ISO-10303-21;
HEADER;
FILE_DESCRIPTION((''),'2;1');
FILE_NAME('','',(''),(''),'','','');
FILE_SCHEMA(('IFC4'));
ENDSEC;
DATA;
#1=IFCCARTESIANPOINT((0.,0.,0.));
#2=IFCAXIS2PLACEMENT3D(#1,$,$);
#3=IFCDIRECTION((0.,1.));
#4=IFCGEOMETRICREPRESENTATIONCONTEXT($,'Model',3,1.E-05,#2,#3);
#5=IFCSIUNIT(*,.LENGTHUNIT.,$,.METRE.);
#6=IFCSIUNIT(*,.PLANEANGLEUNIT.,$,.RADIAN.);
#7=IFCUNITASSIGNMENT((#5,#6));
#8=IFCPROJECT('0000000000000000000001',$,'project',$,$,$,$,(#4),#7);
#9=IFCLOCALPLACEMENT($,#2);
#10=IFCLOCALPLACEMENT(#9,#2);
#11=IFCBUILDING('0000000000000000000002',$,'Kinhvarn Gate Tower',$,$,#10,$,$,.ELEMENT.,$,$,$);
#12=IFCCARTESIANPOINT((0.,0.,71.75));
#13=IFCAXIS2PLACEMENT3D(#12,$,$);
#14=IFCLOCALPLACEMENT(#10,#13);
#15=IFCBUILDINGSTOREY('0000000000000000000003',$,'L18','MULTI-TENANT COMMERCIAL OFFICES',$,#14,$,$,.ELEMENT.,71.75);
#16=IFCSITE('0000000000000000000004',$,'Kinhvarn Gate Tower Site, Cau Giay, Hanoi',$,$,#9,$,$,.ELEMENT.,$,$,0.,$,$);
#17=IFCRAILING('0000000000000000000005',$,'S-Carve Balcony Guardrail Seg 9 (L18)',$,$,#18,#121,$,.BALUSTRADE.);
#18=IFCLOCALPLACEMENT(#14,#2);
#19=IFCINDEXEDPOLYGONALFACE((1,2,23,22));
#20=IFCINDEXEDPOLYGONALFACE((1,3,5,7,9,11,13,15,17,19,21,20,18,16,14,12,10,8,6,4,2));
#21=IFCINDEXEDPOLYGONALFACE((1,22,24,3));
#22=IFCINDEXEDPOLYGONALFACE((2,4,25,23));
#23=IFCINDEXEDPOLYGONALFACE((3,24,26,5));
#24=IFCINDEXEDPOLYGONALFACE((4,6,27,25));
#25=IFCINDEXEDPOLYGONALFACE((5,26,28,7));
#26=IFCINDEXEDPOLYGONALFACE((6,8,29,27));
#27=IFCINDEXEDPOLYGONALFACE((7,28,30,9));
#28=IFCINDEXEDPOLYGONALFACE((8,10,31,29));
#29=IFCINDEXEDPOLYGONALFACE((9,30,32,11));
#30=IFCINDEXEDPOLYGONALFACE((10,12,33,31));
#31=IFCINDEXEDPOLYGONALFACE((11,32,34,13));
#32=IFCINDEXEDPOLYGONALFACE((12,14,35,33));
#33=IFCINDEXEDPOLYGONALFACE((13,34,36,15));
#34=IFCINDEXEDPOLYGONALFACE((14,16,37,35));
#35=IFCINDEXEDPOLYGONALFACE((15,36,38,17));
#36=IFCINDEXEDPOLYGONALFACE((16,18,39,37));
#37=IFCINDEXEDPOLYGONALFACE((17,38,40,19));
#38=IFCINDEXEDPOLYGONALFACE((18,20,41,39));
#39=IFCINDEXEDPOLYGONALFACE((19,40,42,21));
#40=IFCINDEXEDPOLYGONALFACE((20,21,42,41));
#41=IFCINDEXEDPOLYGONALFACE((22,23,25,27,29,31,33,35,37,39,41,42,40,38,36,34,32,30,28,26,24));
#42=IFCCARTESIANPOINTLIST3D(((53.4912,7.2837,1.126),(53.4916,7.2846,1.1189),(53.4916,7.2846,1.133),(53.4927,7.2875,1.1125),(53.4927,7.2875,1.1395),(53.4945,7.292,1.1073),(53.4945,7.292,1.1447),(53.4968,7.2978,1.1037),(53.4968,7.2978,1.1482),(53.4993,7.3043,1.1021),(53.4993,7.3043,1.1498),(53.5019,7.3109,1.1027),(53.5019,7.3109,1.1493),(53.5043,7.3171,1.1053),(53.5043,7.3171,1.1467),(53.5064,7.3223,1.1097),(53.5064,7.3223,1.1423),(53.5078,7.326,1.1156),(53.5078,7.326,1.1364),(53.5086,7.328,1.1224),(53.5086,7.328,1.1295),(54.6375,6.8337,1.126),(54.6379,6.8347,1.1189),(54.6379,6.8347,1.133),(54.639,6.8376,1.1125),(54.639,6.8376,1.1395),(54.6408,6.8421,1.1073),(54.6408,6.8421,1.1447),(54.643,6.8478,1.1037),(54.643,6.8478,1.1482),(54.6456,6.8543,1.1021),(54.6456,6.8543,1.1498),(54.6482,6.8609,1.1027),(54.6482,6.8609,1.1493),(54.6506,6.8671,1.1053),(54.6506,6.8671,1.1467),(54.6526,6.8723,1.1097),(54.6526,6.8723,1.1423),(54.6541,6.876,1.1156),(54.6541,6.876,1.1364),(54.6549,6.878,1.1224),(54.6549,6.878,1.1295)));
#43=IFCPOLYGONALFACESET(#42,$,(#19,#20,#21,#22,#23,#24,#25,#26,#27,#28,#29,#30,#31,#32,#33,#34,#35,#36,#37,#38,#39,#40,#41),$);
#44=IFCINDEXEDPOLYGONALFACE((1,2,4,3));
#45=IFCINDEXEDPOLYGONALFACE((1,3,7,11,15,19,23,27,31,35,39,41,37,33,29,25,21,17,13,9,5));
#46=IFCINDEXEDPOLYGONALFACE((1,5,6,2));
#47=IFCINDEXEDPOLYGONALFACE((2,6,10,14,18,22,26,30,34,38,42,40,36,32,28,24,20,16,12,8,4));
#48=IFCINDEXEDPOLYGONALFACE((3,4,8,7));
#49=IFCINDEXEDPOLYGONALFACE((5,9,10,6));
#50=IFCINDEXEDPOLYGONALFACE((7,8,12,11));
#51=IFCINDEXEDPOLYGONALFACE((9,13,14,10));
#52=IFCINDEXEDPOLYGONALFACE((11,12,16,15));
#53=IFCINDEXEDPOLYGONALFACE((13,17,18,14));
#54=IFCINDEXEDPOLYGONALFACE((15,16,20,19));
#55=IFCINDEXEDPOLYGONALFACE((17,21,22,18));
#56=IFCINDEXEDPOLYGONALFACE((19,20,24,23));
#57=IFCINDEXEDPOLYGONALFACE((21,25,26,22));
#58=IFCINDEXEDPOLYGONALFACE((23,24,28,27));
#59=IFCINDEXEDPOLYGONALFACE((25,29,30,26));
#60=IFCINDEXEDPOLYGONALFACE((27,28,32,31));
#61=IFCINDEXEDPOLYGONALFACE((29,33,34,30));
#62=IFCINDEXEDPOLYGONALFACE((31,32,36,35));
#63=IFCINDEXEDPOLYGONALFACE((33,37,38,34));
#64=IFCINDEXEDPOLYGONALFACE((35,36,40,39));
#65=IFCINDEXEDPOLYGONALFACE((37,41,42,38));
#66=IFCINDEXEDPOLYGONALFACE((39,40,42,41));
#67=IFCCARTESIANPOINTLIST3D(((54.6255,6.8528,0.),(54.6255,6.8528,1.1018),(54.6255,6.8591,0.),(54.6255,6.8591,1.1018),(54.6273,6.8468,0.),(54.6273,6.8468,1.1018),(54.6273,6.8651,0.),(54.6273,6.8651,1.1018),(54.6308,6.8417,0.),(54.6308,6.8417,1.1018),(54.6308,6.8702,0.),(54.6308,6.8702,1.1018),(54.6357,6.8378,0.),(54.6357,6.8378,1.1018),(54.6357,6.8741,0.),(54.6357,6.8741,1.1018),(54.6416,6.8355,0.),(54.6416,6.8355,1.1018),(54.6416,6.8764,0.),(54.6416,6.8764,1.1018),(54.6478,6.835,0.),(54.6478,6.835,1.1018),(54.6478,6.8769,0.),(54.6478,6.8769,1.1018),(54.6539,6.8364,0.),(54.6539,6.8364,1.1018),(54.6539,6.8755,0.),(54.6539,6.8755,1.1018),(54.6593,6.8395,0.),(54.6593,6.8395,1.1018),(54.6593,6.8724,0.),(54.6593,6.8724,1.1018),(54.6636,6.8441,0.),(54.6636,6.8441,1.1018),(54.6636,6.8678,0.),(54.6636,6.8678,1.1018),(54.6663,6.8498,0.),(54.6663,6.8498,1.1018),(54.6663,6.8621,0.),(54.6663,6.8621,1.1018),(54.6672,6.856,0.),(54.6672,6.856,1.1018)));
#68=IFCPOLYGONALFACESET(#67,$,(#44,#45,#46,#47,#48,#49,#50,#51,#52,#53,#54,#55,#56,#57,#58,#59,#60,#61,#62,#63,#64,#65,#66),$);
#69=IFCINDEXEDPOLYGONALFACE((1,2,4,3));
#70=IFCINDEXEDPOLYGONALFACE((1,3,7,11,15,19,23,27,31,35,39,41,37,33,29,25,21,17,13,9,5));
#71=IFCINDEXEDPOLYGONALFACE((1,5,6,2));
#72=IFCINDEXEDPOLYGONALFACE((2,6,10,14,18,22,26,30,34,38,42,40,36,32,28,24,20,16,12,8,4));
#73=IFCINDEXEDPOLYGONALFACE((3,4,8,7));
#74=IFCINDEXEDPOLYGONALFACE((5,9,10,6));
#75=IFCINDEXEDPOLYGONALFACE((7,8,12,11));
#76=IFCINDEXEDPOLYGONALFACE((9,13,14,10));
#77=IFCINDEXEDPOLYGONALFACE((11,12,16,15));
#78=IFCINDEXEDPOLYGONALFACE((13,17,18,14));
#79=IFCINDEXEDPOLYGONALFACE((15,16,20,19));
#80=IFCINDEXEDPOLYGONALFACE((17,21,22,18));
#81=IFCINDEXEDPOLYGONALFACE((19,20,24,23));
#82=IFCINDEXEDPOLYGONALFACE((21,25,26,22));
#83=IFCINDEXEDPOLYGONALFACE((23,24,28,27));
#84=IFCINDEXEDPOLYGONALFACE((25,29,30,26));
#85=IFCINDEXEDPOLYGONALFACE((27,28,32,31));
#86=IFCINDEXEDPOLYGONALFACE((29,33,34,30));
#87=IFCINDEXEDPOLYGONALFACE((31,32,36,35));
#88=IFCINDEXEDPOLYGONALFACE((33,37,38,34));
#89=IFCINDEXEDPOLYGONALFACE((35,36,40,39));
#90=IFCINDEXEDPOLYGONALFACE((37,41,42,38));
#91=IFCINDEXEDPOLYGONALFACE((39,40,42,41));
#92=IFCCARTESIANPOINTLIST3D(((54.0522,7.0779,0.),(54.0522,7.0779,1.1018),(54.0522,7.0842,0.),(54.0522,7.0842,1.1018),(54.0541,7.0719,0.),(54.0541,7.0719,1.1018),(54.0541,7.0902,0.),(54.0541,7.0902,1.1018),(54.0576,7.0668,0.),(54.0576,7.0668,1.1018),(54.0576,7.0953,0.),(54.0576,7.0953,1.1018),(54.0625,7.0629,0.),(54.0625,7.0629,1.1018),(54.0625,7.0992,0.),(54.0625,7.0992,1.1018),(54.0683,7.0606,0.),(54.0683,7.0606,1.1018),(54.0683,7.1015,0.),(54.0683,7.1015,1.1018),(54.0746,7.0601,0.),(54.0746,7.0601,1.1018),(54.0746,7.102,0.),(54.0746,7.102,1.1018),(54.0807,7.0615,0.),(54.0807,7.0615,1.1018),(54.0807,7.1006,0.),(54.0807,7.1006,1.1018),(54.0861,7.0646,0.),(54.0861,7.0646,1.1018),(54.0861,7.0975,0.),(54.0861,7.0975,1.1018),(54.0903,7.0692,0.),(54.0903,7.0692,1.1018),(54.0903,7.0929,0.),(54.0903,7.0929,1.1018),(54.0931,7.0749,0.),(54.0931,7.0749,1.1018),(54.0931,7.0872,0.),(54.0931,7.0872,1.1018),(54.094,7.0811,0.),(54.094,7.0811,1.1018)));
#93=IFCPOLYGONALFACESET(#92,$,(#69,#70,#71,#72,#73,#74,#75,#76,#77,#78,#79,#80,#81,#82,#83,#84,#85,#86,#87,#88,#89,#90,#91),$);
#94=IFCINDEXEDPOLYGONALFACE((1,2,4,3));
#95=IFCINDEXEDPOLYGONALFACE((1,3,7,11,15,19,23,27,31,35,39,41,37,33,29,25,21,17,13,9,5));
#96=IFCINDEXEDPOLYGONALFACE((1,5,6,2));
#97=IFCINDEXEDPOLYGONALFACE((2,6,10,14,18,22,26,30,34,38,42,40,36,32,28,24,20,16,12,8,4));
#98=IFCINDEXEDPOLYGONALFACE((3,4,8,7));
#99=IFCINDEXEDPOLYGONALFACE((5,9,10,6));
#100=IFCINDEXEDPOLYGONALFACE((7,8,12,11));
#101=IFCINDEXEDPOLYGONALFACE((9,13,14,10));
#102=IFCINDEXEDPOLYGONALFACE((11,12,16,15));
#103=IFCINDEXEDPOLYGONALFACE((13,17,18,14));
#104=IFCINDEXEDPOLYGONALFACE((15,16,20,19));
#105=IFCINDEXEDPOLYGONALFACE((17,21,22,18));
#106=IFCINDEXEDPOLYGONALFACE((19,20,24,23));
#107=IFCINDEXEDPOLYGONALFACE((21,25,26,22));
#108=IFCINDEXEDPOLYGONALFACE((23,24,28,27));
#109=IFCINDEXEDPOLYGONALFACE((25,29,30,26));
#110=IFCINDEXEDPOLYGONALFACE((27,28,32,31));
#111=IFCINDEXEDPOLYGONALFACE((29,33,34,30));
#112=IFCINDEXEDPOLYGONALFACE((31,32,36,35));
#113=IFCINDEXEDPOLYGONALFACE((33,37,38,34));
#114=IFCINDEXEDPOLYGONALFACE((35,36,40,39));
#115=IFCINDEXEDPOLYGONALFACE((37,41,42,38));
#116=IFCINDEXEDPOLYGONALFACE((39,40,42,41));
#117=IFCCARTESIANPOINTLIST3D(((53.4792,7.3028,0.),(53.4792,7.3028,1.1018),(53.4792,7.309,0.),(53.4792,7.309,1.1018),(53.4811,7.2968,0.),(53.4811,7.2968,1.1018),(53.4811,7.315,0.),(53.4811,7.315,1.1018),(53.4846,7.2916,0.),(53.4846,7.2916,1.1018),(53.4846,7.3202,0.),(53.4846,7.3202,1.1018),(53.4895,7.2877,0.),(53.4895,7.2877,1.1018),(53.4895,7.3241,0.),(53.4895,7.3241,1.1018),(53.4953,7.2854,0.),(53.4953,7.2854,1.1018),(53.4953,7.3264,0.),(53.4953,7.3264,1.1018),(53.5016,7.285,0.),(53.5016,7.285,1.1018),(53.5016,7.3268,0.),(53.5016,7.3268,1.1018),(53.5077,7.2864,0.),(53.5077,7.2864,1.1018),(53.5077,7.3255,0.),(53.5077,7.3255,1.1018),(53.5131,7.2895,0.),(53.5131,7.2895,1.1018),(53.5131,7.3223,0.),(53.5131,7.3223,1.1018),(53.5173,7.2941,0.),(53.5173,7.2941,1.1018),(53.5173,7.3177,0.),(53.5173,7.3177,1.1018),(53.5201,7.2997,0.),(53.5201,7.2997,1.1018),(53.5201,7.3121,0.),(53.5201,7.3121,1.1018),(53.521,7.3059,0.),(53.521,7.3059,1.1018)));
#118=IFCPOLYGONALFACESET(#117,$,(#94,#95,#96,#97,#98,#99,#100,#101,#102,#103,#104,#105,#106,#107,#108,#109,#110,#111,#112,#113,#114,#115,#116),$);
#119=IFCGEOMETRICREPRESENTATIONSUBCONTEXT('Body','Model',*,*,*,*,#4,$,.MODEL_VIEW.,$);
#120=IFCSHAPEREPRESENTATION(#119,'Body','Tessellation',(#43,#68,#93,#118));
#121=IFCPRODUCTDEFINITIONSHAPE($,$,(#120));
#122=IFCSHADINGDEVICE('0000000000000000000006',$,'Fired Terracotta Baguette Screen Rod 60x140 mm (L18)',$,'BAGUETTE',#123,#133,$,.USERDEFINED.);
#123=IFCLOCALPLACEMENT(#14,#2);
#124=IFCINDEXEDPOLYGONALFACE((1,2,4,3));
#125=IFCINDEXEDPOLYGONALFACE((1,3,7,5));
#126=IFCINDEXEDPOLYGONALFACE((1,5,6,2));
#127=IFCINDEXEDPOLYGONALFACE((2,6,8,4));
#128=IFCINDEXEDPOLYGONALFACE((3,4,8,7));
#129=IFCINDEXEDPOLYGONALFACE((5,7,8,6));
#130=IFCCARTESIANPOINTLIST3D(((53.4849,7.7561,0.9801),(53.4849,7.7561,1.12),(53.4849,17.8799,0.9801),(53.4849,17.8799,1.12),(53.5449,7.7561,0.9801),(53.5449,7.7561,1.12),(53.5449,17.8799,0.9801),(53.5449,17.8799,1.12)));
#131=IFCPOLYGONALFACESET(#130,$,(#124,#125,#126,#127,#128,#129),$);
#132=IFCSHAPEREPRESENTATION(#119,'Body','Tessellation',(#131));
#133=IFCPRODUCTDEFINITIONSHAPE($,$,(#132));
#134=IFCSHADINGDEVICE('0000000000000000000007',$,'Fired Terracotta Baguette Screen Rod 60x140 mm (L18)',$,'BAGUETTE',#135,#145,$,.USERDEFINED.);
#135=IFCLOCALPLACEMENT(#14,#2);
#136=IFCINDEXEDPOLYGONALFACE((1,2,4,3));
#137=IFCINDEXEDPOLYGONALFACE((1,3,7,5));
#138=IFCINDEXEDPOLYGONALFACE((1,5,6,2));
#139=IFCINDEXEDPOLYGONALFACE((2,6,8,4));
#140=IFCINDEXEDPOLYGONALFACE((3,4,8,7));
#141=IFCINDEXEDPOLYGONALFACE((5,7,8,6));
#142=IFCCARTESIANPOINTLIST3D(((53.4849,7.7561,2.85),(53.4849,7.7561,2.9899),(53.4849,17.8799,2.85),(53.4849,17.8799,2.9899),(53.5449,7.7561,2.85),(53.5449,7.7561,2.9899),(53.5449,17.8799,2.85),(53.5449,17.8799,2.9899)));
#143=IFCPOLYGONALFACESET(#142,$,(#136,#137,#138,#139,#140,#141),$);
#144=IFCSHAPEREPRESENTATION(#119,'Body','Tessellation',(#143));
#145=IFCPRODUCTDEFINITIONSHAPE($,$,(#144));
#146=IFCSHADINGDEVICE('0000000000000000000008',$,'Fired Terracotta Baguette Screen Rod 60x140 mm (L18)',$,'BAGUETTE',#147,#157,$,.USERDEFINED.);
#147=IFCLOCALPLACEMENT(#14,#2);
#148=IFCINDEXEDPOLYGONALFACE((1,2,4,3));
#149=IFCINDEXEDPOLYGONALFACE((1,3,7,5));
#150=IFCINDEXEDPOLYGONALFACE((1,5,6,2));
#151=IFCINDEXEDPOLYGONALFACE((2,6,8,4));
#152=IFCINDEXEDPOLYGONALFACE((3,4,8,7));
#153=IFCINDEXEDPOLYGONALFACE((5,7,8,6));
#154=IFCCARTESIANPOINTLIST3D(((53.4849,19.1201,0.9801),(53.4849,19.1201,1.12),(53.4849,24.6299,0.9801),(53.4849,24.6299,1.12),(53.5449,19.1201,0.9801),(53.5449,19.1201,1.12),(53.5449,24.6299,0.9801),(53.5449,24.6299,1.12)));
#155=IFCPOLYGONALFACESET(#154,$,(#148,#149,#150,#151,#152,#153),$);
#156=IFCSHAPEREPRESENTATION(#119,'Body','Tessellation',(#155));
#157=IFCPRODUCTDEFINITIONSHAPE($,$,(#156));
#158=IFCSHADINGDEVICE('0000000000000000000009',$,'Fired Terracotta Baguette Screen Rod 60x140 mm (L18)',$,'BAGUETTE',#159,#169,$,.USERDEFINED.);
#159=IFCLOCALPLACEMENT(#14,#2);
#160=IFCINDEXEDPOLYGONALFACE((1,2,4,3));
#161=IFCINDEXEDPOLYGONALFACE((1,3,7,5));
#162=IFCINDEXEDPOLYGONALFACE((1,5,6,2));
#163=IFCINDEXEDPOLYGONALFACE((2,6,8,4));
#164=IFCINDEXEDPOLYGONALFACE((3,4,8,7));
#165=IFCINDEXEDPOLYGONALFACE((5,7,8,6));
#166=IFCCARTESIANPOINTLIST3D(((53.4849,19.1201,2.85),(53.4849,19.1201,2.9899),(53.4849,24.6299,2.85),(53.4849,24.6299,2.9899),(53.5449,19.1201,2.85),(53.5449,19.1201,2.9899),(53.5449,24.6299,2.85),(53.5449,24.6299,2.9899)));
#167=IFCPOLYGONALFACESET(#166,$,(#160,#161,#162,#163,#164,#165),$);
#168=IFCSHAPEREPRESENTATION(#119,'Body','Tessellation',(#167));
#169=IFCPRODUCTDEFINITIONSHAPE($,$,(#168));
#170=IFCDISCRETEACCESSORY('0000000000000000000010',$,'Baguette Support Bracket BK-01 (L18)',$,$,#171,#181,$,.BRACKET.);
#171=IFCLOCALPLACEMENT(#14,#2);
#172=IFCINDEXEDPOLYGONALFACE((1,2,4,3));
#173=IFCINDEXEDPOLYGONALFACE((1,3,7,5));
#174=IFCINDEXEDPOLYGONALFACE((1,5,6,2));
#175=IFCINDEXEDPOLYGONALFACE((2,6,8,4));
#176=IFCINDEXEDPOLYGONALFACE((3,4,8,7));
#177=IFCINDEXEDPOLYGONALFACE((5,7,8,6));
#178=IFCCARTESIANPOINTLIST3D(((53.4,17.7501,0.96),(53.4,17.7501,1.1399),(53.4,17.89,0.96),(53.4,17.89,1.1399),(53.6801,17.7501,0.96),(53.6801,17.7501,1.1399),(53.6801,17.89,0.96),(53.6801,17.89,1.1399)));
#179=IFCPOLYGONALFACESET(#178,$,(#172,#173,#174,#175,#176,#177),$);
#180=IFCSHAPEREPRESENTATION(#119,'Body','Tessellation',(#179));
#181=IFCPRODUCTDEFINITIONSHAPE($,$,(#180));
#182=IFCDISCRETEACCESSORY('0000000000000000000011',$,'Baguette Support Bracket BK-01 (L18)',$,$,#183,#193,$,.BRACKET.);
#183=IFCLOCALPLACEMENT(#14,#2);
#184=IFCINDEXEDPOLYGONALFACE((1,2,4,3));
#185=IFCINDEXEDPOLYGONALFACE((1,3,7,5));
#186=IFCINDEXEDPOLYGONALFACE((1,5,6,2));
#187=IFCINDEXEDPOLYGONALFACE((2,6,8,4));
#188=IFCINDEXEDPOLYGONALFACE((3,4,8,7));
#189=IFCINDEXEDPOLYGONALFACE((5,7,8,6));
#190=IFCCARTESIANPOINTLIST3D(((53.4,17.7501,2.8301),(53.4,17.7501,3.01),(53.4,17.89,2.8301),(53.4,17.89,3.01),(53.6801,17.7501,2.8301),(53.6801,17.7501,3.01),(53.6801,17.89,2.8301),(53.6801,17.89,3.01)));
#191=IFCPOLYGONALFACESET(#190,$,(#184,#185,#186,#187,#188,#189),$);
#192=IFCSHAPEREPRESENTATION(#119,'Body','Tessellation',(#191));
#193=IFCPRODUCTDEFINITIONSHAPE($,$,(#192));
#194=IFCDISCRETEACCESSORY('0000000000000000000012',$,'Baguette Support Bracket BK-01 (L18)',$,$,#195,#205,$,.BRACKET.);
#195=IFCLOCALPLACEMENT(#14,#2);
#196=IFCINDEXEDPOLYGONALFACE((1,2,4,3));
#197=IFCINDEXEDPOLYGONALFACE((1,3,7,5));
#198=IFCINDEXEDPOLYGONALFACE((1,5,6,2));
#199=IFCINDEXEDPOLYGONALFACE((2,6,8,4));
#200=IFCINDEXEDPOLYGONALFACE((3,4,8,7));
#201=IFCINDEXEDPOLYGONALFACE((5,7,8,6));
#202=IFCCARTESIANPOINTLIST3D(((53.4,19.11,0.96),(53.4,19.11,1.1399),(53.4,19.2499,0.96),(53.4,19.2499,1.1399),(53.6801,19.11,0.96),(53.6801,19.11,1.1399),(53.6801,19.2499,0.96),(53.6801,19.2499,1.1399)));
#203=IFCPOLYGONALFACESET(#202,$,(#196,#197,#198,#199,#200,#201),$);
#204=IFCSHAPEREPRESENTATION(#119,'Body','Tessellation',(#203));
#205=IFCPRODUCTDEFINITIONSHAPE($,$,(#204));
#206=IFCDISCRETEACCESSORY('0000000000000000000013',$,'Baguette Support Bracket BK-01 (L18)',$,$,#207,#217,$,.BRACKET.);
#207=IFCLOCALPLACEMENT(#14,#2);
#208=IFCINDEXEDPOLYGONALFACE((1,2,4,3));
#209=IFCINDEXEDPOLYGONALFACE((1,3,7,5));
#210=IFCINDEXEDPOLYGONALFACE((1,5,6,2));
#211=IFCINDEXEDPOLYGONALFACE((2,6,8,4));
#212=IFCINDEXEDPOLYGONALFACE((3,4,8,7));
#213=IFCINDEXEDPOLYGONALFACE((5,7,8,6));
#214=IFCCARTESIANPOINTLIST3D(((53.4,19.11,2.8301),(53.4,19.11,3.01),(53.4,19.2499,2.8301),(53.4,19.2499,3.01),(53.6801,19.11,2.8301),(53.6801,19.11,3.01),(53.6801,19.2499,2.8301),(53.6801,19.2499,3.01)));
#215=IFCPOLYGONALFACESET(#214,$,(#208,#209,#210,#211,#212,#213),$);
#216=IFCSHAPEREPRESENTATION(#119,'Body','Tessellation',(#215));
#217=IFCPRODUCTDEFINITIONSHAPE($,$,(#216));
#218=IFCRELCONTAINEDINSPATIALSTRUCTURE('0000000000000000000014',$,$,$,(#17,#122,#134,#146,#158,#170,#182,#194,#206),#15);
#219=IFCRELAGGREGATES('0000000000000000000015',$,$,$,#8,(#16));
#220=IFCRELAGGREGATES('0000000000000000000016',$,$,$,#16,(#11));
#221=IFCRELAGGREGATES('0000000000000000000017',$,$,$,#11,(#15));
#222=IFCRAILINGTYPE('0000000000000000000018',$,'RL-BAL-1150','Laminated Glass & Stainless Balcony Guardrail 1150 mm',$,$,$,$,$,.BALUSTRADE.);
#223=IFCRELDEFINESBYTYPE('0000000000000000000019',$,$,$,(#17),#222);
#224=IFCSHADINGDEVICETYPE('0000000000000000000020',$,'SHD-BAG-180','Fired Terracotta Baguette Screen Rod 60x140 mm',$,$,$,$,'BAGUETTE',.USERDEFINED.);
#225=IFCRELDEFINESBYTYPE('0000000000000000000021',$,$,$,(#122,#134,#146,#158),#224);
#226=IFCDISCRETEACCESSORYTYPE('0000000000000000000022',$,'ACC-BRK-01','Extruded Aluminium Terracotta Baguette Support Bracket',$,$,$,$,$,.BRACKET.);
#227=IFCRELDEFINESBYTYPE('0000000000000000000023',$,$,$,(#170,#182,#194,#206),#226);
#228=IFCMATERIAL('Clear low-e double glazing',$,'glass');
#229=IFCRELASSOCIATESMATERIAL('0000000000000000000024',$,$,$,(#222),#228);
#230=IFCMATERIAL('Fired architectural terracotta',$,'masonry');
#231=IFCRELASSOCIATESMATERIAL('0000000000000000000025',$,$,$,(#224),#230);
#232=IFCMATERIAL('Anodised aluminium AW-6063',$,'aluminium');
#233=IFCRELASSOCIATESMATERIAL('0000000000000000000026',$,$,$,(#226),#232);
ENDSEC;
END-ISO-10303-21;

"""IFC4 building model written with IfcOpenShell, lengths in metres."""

from ifc_helpers import new_model, si_unit, direction, frame, origin, origin_2d, place, context, subcontext, project, spatial, rectangle, circle, extrude, material, material_profile, profile_set, type_object, element, save


model = new_model("IFC4")

# Units and contexts
model_context = context("Model", 3, precision=1e-05, world=origin(), true_north=direction((0.0, 1.0)))
body_context = subcontext(model_context, "Body", "Model", "MODEL_VIEW")
ifc_project = project(units=[si_unit("LENGTHUNIT", "METRE"), si_unit("PLANEANGLEUNIT", "RADIAN")], contexts=[model_context])

# Site, building, storey
site_placement = place(None, origin())
site = spatial("IfcSite", under=ifc_project, at=site_placement, Name="Kinhvarn Gate Tower Site, Cau Giay, Hanoi", CompositionType="ELEMENT", RefElevation=0.0)
building_placement = place(site_placement, origin())
building = spatial("IfcBuilding", under=site, at=building_placement, Name="Kinhvarn Gate Tower", CompositionType="ELEMENT")
storey_placement = place(building_placement, frame((0.0, 0.0, 71.75)))
storey = spatial("IfcBuildingStorey", under=building, at=storey_placement, Name="L18", Description="MULTI-TENANT COMMERCIAL OFFICES", CompositionType="ELEMENT", Elevation=71.75)

# Shared definitions
ifc_material_1 = material(Name="Anodised aluminium AW-6063", Category="aluminium")

# Shared definitions
ifc_material_2 = material(Name="Clear low-e double glazing", Category="glass")

# Railing
railing_type = type_object("IfcRailingType", Name="RL-BAL-1150", Description="Laminated Glass & Stainless Balcony Guardrail 1150 mm", PredefinedType="BALUSTRADE", material=ifc_material_2)
railing_placement = place(storey_placement, frame((54.6462, 6.856, 0.0)))
element("IfcRailing", 1, at=railing_placement, inside=storey, type_object=railing_type, Name="S-Carve Balcony Guardrail Seg 9 (L18)", PredefinedType="BALUSTRADE", context=body_context, shape_type="SweptSolid", body=[
    extrude(circle(Radius=0.0239, at=origin_2d()), frame((0.0, 0.0, 1.126), z_axis=(-0.93085, 0.365401, 0.0), x_axis=(-0.365401, -0.93085, 0.0)), (0.0, 0.0, 1.0), 1.2314),
    extrude(circle(Radius=0.021, at=origin_2d()), origin(), (0.0, 0.0, 1.0), 1.1018),
    extrude(circle(Radius=0.021, at=origin_2d()), frame((-0.5732, 0.2251, 0.0)), (0.0, 0.0, 1.0), 1.1018),
    extrude(circle(Radius=0.021, at=origin_2d()), frame((-1.1462, 0.45, 0.0)), (0.0, 0.0, 1.0), 1.1018),
])

# Shading devices
ifc_material_3 = material(Name="Fired architectural terracotta", Category="masonry")
ifc_material_profile_1 = material_profile(ifc_material_3, rectangle(XDim=0.0601, YDim=0.1399, at=origin_2d()), Name="TC 60x140")
ifc_profile_set_1 = profile_set([ifc_material_profile_1], Name="Fired architectural terracotta")
shading_device_type = type_object("IfcShadingDeviceType", Name="SHD-BAG-180", Description="Fired Terracotta Baguette Screen Rod 60x140 mm", ElementType="BAGUETTE", PredefinedType="USERDEFINED", material=ifc_profile_set_1)
for number, where, z_axis, x_axis, name in (
    (2, (53.5149, 7.7561, 1.05), (0.0, 1.0, 0.0), (-1.0, 0.0, 0.0), "Fired Terracotta Baguette Screen Rod 60x140 mm (L18)"),
    (3, (53.5149, 7.7561, 2.9199), (0.0, 1.0, 0.0), (-1.0, 0.0, 0.0), "Fired Terracotta Baguette Screen Rod 60x140 mm (L18)"),
):
    element("IfcShadingDevice", number, at=place(storey_placement, frame(where, z_axis=z_axis, x_axis=x_axis)), inside=storey, type_object=shading_device_type, Name=name, ObjectType="BAGUETTE", PredefinedType="USERDEFINED", context=body_context, shape_type="SweptSolid", body=[
        extrude(rectangle(XDim=0.0601, YDim=0.1399, at=origin_2d()), origin(), (0.0, 0.0, 1.0), 10.1238),
    ])
for number, where, z_axis, x_axis, name in (
    (4, (53.5149, 19.1201, 1.05), (0.0, 1.0, 0.0), (-1.0, 0.0, 0.0), "Fired Terracotta Baguette Screen Rod 60x140 mm (L18)"),
    (5, (53.5149, 19.1201, 2.9199), (0.0, 1.0, 0.0), (-1.0, 0.0, 0.0), "Fired Terracotta Baguette Screen Rod 60x140 mm (L18)"),
):
    element("IfcShadingDevice", number, at=place(storey_placement, frame(where, z_axis=z_axis, x_axis=x_axis)), inside=storey, type_object=shading_device_type, Name=name, ObjectType="BAGUETTE", PredefinedType="USERDEFINED", context=body_context, shape_type="SweptSolid", body=[
        extrude(rectangle(XDim=0.0601, YDim=0.1399, at=origin_2d()), origin(), (0.0, 0.0, 1.0), 5.5098),
    ])

# Discrete accessories
discrete_accessory_type = type_object("IfcDiscreteAccessoryType", Name="ACC-BRK-01", Description="Extruded Aluminium Terracotta Baguette Support Bracket", PredefinedType="BRACKET", material=ifc_material_1)
for number, where, z_axis, x_axis, name in (
    (6, (53.54, 17.8201, 0.96), (0.0, 0.0, 1.0), (0.0, 1.0, 0.0), "Baguette Support Bracket BK-01 (L18)"),
    (7, (53.54, 17.8201, 2.8301), (0.0, 0.0, 1.0), (0.0, 1.0, 0.0), "Baguette Support Bracket BK-01 (L18)"),
    (8, (53.54, 19.1799, 0.96), (0.0, 0.0, 1.0), (0.0, 1.0, 0.0), "Baguette Support Bracket BK-01 (L18)"),
    (9, (53.54, 19.1799, 2.8301), (0.0, 0.0, 1.0), (0.0, 1.0, 0.0), "Baguette Support Bracket BK-01 (L18)"),
):
    element("IfcDiscreteAccessory", number, at=place(storey_placement, frame(where, z_axis=z_axis, x_axis=x_axis)), inside=storey, type_object=discrete_accessory_type, Name=name, PredefinedType="BRACKET", context=body_context, shape_type="SweptSolid", body=[
        extrude(rectangle(XDim=0.1399, YDim=0.28, at=origin_2d()), origin(), (0.0, 0.0, 1.0), 0.1799),
    ])

save(model, "model.ifc")
